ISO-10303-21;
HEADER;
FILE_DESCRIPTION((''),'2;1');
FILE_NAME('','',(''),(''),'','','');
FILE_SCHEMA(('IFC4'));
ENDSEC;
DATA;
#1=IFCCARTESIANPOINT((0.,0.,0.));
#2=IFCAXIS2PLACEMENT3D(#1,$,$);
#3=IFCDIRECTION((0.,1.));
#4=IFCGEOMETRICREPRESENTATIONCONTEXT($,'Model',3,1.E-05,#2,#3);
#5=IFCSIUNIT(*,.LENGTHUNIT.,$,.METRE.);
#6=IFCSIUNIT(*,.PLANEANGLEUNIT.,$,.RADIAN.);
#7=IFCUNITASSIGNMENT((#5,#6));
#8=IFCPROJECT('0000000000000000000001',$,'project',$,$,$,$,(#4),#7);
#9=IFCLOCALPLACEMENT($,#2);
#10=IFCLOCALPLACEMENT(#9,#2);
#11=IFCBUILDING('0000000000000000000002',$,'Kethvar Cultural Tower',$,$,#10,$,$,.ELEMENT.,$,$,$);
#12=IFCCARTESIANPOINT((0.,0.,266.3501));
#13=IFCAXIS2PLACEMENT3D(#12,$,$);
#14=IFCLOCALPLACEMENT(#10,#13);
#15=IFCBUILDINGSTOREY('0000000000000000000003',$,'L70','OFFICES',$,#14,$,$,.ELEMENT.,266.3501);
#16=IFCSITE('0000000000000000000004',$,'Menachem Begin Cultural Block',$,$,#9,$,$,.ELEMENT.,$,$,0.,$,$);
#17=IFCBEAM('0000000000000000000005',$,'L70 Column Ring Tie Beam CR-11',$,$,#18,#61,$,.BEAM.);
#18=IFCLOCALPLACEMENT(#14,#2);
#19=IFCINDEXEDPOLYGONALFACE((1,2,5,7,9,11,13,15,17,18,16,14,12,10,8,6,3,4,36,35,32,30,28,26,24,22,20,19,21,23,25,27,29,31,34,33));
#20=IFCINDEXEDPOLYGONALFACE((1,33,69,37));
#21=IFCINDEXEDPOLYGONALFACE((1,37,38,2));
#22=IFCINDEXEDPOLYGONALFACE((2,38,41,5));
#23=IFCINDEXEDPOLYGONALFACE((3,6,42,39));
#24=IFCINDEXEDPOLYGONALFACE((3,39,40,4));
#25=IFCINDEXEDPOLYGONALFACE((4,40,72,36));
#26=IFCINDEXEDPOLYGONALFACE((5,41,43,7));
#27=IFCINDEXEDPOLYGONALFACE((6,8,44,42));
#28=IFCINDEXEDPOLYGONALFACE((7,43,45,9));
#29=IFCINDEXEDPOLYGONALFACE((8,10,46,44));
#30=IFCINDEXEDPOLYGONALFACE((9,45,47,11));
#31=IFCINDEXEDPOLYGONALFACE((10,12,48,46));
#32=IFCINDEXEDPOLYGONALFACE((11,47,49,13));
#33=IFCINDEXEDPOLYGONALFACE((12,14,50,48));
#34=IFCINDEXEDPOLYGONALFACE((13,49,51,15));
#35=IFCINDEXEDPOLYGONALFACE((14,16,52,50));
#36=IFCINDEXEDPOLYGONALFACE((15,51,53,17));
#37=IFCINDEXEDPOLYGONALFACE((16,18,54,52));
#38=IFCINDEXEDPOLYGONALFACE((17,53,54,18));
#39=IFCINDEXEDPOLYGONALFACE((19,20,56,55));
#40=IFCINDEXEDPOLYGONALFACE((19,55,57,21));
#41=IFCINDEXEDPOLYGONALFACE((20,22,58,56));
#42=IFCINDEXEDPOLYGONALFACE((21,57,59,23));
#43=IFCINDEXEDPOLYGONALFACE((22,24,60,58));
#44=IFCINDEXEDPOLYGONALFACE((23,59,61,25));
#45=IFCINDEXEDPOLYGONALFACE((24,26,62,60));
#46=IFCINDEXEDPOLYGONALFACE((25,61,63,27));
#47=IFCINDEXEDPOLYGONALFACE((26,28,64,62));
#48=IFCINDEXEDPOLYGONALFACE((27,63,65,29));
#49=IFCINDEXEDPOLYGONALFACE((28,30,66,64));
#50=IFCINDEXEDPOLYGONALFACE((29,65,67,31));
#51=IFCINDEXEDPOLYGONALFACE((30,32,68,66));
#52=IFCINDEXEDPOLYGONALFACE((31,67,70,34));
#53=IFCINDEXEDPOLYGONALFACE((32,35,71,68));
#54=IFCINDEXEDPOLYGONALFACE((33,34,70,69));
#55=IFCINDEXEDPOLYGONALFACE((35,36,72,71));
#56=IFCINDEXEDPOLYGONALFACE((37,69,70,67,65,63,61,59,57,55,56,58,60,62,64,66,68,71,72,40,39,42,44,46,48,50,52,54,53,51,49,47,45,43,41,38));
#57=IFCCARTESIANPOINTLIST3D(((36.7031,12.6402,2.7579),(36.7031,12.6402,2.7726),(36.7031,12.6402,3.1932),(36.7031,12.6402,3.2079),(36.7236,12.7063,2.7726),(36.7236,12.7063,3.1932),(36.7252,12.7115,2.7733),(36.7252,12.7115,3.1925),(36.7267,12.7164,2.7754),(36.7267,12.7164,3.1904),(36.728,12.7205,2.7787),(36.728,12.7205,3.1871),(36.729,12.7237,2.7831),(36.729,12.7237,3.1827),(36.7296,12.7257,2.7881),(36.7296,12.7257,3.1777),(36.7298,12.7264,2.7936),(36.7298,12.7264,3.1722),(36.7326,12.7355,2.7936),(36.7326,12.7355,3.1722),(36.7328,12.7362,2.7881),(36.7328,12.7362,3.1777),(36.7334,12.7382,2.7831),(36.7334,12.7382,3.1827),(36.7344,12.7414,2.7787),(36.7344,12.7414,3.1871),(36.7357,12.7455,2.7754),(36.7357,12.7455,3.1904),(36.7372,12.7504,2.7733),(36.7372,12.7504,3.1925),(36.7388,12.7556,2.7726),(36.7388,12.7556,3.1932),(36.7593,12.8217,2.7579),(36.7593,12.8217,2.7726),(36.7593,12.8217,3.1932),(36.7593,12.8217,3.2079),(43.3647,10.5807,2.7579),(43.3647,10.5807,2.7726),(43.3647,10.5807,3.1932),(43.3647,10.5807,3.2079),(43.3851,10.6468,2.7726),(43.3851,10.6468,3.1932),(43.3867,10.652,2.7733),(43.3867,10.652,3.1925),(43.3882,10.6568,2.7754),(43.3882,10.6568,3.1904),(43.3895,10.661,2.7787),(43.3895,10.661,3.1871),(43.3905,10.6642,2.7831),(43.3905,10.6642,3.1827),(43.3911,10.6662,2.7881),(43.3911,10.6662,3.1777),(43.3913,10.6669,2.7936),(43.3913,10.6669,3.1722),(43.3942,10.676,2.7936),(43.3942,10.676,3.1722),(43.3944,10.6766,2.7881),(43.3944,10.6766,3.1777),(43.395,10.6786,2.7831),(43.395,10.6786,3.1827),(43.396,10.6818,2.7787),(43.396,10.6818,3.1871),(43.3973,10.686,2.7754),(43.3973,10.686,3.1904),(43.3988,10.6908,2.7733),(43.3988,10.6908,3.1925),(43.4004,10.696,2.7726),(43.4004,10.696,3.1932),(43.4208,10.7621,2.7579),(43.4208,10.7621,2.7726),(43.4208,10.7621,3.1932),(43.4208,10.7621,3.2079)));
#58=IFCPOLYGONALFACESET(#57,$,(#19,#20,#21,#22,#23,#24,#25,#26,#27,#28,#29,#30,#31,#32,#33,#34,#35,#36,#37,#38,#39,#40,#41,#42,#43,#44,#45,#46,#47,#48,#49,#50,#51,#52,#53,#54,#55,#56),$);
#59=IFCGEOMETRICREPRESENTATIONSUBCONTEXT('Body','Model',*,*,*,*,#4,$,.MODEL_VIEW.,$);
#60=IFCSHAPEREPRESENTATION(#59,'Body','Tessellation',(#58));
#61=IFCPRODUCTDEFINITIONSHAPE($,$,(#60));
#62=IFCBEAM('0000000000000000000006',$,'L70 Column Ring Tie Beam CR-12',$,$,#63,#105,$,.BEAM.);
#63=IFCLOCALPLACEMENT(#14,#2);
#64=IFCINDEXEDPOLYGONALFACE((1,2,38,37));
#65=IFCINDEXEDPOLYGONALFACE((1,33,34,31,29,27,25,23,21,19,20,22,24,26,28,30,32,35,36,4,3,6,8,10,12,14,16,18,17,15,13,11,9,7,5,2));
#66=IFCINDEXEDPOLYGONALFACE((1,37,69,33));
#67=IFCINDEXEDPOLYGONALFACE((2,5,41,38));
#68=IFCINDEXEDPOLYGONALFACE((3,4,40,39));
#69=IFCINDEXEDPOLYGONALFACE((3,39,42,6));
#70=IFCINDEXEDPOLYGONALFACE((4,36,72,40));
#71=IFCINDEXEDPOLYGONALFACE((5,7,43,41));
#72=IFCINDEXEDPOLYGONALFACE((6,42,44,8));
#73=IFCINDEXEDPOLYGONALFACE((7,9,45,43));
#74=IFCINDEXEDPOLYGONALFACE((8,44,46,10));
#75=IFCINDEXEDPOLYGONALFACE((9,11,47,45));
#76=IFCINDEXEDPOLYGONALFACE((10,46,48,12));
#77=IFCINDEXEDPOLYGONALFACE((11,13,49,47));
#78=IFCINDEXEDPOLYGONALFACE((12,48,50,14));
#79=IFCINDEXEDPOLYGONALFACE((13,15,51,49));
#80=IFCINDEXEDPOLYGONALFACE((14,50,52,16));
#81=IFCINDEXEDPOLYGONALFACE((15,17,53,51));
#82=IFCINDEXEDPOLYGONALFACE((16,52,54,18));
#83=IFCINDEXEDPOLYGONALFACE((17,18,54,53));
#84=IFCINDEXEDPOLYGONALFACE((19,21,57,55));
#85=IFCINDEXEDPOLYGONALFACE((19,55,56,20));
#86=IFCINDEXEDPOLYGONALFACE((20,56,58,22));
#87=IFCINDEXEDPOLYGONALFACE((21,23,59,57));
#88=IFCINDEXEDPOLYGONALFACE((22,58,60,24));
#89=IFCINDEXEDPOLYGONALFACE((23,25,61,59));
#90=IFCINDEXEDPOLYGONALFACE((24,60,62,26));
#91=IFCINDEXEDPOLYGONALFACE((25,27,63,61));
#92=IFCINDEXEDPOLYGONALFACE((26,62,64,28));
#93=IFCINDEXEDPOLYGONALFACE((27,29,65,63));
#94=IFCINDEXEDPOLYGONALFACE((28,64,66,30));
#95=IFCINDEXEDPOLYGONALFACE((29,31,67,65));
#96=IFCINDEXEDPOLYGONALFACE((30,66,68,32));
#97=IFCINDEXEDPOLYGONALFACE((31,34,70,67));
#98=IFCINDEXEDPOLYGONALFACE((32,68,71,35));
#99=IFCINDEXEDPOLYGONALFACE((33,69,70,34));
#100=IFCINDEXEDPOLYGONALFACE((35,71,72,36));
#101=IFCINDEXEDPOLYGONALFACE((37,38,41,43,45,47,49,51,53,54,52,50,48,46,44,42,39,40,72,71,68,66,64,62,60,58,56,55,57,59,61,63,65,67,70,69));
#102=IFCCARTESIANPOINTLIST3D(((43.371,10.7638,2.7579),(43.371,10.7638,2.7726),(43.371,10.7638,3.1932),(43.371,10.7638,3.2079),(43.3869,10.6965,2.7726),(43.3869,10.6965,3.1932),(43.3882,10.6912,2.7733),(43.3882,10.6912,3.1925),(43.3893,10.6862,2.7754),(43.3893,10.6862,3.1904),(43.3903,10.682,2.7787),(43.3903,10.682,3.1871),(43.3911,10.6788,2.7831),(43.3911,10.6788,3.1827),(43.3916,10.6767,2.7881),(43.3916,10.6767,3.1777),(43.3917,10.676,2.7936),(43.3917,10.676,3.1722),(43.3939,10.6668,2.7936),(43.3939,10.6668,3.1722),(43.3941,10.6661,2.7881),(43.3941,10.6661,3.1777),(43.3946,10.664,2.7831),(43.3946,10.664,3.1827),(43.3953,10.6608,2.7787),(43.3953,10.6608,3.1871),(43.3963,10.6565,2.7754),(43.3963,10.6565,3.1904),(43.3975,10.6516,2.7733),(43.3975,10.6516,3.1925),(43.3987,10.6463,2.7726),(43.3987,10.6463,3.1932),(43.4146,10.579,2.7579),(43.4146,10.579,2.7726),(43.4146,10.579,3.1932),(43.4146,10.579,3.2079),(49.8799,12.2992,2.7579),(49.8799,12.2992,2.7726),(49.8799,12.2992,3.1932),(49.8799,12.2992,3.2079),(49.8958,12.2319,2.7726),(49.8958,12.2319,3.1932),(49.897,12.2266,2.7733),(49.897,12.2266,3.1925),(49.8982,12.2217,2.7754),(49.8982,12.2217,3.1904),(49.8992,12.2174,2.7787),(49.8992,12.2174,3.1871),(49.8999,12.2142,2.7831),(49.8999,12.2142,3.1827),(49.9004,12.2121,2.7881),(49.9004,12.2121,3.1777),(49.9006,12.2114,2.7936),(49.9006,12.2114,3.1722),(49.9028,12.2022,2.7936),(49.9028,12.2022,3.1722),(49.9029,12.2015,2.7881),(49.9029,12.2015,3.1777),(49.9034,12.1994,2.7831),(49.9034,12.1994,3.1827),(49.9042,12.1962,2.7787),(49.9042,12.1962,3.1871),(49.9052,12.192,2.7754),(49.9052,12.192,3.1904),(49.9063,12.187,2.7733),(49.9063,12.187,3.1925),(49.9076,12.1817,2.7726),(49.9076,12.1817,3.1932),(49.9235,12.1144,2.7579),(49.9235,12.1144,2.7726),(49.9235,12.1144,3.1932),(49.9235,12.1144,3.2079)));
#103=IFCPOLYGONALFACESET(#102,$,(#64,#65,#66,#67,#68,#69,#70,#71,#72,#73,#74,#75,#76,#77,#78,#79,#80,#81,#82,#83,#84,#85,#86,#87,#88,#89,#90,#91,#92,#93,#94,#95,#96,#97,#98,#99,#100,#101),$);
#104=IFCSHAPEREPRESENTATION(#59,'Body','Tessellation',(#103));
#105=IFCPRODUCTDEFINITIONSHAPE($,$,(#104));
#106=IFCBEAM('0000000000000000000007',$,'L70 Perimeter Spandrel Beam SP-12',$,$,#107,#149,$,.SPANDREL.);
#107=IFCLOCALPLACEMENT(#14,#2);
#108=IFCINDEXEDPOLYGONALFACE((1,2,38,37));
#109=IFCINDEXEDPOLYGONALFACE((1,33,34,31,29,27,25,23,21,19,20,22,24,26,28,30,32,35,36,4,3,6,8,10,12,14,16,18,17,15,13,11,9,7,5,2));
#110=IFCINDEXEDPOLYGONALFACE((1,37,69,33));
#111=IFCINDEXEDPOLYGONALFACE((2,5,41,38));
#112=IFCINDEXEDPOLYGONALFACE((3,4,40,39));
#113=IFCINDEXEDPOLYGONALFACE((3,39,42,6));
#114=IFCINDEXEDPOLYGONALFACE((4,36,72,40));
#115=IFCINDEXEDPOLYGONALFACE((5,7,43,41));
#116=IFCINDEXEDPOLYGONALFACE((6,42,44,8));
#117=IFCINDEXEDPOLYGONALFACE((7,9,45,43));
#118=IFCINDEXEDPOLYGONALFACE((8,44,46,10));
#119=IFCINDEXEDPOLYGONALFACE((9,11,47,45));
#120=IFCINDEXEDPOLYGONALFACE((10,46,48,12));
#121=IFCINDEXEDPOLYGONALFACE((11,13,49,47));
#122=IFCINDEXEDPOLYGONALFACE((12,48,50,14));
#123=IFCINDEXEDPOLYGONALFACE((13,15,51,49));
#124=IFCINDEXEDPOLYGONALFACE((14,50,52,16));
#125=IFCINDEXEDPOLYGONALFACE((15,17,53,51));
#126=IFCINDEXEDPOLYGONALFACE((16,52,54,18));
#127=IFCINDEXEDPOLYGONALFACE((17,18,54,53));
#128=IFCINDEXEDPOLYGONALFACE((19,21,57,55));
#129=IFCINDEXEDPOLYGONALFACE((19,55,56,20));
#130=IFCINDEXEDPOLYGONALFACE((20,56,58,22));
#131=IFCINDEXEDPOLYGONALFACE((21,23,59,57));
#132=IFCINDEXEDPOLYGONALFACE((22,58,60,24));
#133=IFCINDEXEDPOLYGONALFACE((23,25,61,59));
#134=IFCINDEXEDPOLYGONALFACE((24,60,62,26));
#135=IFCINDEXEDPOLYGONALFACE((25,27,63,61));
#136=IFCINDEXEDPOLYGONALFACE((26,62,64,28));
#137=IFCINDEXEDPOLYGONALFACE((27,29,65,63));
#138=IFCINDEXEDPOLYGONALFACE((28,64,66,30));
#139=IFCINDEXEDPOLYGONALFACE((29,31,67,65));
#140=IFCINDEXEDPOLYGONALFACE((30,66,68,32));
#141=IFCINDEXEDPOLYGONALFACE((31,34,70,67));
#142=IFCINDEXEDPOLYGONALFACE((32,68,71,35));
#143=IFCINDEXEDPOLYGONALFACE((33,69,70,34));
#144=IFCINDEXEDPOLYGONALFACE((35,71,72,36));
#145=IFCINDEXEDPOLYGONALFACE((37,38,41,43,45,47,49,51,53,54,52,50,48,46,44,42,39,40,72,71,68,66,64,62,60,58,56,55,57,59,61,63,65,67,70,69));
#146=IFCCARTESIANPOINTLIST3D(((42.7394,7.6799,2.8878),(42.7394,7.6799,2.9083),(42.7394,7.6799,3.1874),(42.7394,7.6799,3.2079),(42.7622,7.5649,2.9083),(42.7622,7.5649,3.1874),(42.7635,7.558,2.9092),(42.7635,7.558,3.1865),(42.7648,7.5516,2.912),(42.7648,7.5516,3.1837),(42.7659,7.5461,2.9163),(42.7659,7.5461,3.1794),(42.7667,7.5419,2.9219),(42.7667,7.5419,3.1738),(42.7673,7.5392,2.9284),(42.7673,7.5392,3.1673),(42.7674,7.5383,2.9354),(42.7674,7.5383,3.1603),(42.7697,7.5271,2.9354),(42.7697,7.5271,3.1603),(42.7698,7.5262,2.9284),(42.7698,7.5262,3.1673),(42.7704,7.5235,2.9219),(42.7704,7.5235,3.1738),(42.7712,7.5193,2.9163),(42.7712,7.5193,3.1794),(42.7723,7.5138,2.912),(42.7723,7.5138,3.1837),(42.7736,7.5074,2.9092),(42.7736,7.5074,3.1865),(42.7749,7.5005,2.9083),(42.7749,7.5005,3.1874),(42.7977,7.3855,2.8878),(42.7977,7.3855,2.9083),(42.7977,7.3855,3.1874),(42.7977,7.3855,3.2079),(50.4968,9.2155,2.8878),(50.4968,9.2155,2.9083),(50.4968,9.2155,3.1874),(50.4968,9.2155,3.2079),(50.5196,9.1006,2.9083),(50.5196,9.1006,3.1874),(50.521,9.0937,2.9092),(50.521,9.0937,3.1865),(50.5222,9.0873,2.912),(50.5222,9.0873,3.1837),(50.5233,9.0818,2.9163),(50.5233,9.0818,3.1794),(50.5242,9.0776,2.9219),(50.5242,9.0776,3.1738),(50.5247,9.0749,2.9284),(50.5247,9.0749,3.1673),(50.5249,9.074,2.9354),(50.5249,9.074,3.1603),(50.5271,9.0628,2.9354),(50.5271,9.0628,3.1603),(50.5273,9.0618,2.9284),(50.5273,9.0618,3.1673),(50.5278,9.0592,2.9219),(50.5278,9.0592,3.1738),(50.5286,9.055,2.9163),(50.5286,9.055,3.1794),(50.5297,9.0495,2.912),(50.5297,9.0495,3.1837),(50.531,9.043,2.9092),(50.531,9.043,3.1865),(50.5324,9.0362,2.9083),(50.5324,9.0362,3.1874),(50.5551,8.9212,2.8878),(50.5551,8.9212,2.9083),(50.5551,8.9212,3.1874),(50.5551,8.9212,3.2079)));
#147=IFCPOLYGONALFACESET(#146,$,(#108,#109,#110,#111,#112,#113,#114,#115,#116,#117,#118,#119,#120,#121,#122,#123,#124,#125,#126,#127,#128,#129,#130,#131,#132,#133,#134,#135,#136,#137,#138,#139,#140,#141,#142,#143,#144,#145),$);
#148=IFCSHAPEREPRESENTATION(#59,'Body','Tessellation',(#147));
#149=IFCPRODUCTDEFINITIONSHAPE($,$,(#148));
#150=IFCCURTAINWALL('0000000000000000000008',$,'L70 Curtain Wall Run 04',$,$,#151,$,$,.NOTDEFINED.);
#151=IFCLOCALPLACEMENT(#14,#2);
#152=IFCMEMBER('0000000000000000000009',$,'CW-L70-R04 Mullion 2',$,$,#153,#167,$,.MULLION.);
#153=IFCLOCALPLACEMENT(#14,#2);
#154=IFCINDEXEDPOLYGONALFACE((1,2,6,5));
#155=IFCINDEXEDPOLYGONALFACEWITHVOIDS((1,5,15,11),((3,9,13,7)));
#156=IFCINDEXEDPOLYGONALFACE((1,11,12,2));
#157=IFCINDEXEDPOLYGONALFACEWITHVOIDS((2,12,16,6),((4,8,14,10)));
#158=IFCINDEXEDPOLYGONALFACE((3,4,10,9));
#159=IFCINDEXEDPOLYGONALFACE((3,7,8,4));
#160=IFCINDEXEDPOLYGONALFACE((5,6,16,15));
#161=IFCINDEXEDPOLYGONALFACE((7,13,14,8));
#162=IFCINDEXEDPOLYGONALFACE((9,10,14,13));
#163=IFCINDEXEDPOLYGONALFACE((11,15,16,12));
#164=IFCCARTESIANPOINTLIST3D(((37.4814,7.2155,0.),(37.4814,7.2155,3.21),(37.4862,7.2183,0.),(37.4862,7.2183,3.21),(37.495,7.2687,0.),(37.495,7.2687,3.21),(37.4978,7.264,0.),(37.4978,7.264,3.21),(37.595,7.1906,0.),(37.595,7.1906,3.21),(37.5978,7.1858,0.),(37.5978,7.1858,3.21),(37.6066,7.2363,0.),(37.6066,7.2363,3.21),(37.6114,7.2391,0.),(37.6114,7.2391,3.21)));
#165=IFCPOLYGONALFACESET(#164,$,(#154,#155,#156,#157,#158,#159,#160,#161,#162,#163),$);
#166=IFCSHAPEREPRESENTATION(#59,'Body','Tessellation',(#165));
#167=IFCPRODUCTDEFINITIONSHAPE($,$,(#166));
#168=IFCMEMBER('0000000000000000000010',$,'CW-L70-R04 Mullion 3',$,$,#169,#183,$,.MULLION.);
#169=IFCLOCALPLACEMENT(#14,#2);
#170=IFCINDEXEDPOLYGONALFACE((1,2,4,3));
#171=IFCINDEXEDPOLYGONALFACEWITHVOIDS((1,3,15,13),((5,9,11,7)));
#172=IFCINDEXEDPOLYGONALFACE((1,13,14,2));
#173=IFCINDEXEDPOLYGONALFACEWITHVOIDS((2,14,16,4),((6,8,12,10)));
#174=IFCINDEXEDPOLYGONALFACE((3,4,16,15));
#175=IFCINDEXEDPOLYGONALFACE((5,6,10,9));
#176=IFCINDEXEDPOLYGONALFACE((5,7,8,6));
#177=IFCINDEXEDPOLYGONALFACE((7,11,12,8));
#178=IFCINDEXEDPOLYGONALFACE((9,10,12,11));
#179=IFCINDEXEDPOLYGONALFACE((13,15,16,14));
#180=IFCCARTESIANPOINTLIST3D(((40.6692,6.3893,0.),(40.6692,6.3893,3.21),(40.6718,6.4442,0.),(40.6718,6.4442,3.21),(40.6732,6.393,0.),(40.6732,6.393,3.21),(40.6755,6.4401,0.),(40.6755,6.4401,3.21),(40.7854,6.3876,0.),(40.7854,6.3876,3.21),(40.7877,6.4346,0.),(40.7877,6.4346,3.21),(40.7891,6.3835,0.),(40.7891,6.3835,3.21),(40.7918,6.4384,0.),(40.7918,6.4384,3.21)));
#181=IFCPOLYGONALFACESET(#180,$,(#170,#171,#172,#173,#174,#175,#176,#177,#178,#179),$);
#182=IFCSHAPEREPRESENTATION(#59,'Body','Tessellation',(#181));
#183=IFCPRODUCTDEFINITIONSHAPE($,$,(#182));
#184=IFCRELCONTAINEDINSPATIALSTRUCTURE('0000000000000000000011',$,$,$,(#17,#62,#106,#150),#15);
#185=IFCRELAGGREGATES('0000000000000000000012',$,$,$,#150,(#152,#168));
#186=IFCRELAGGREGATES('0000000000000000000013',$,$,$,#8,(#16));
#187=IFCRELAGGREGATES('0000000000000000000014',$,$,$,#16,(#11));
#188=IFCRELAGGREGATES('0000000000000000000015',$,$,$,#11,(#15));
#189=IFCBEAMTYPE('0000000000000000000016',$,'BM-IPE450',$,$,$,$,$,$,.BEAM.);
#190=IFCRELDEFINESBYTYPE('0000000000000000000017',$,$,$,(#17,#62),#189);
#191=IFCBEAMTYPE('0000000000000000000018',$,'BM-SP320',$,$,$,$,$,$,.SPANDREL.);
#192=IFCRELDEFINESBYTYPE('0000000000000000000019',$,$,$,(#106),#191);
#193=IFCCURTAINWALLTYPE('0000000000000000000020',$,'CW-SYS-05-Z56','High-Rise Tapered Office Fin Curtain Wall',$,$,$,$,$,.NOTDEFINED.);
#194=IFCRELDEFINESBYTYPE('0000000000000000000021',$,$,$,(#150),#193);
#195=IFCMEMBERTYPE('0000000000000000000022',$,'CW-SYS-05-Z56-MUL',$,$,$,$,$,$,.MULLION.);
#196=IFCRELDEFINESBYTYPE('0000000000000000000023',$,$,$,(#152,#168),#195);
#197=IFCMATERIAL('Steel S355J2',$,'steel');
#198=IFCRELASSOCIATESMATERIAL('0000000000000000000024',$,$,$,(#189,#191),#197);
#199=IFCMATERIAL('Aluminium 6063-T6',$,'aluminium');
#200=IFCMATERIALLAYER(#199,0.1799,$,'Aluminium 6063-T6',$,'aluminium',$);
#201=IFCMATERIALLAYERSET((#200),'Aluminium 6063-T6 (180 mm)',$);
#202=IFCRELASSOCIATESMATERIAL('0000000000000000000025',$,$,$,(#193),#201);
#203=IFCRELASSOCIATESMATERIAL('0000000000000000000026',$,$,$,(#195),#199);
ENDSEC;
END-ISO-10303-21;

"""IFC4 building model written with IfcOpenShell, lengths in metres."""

from ifc_helpers import new_model, si_unit, direction, frame, origin, origin_2d, place, context, subcontext, project, spatial, hollow_rectangle, i_section, extrude, source, transform, mapped, material, layer, layer_set, material_profile, profile_set, type_object, element, aggregate, save


model = new_model("IFC4")

# Units and contexts
model_context = context("Model", 3, precision=1e-05, world=origin(), true_north=direction((0.0, 1.0)))
body_context = subcontext(model_context, "Body", "Model", "MODEL_VIEW")
ifc_project = project(units=[si_unit("LENGTHUNIT", "METRE"), si_unit("PLANEANGLEUNIT", "RADIAN")], contexts=[model_context])

# Site, building, storey
site_placement = place(None, origin())
site = spatial("IfcSite", under=ifc_project, at=site_placement, Name="Menachem Begin Cultural Block", CompositionType="ELEMENT", RefElevation=0.0)
building_placement = place(site_placement, origin())
building = spatial("IfcBuilding", under=site, at=building_placement, Name="Kethvar Cultural Tower", CompositionType="ELEMENT")
storey_placement = place(building_placement, frame((0.0, 0.0, 266.3501)))
storey = spatial("IfcBuildingStorey", under=building, at=storey_placement, Name="L70", Description="OFFICES", CompositionType="ELEMENT", Elevation=266.3501)

# Shared definitions
ifc_material_1 = material(Name="Steel S355J2", Category="steel")

# Beams
ifc_material_profile_1 = material_profile(ifc_material_1, i_section(OverallWidth=0.1899, OverallDepth=0.45, WebThickness=0.0095, FlangeThickness=0.0146, FilletRadius=0.021, at=origin_2d()), Name="Steel S355J2 — IPE450")
ifc_profile_set_1 = profile_set([ifc_material_profile_1], Name="Steel S355J2 — IPE450")
beam_type_1 = type_object("IfcBeamType", Name="BM-IPE450", PredefinedType="BEAM", material=ifc_profile_set_1)
shared_shape_1 = source(origin(), body_context, "Body", "SweptSolid", [
    extrude(i_section(OverallWidth=0.1899, OverallDepth=0.45, WebThickness=0.0095, FlangeThickness=0.0146, FilletRadius=0.021, at=origin_2d()), origin(), (0.0, 0.0, 1.0), 6.9727),
])
beam_1_placement = place(storey_placement, frame((36.7312, 12.731, 2.9829), z_axis=(0.955381, -0.295375, 0.0), x_axis=(0.295375, 0.955381, 0.0)))
element("IfcBeam", 1, at=beam_1_placement, inside=storey, type_object=beam_type_1, Name="L70 Column Ring Tie Beam CR-11", PredefinedType="BEAM", context=body_context, shape_type="MappedRepresentation", body=[
    mapped(shared_shape_1, transform((0.0, 0.0, 0.0), scale=1.0)),
])
shared_shape_2 = source(origin(), body_context, "Body", "SweptSolid", [
    extrude(i_section(OverallWidth=0.1899, OverallDepth=0.45, WebThickness=0.0095, FlangeThickness=0.0146, FilletRadius=0.021, at=origin_2d()), origin(), (0.0, 0.0, 1.0), 6.6875),
])
beam_2_placement = place(storey_placement, frame((43.3928, 10.6714, 2.9829), z_axis=(0.973286, 0.229595, 0.0), x_axis=(-0.229595, 0.973286, 0.0)))
element("IfcBeam", 2, at=beam_2_placement, inside=storey, type_object=beam_type_1, Name="L70 Column Ring Tie Beam CR-12", PredefinedType="BEAM", context=body_context, shape_type="MappedRepresentation", body=[
    mapped(shared_shape_2, transform((0.0, 0.0, 0.0), scale=1.0)),
])
ifc_material_profile_2 = material_profile(ifc_material_1, i_section(OverallWidth=0.3, OverallDepth=0.3201, WebThickness=0.0115, FlangeThickness=0.0205, FilletRadius=0.0271, at=origin_2d()), Name="Steel S355J2 — HEB320")
ifc_profile_set_2 = profile_set([ifc_material_profile_2], Name="Steel S355J2 — HEB320")
beam_type_2 = type_object("IfcBeamType", Name="BM-SP320", PredefinedType="SPANDREL", material=ifc_profile_set_2)
shared_shape_3 = source(origin(), body_context, "Body", "SweptSolid", [
    extrude(i_section(OverallWidth=0.3, OverallDepth=0.3201, WebThickness=0.0115, FlangeThickness=0.0205, FilletRadius=0.0271, at=origin_2d()), origin(), (0.0, 0.0, 1.0), 7.908),
])
beam_3_placement = place(storey_placement, frame((42.7686, 7.5327, 3.0479), z_axis=(0.980964, 0.194192, 0.0), x_axis=(-0.194192, 0.980964, 0.0)))
element("IfcBeam", 3, at=beam_3_placement, inside=storey, type_object=beam_type_2, Name="L70 Perimeter Spandrel Beam SP-12", PredefinedType="SPANDREL", context=body_context, shape_type="MappedRepresentation", body=[
    mapped(shared_shape_3, transform((0.0, 0.0, 0.0), scale=1.0)),
])

# Curtain wall, members
ifc_material_2 = material(Name="Aluminium 6063-T6", Category="aluminium")
ifc_layer_1 = layer(ifc_material_2, 0.1799, Name="Aluminium 6063-T6", Category="aluminium")
ifc_layer_set_1 = layer_set([ifc_layer_1], Name="Aluminium 6063-T6 (180 mm)")
curtain_wall_type = type_object("IfcCurtainWallType", Name="CW-SYS-05-Z56", Description="High-Rise Tapered Office Fin Curtain Wall", PredefinedType="NOTDEFINED", material=ifc_layer_set_1)
curtain_wall_placement = place(storey_placement, origin())
curtain_wall = element("IfcCurtainWall", 4, at=curtain_wall_placement, inside=storey, type_object=curtain_wall_type, Name="L70 Curtain Wall Run 04", PredefinedType="NOTDEFINED")
ifc_material_profile_3 = material_profile(ifc_material_2, hollow_rectangle(XDim=0.0549, YDim=0.1201, WallThickness=0.0039, at=origin_2d()), Name="Aluminium 6063-T6 — RHS120x55x4")
ifc_profile_set_3 = profile_set([ifc_material_profile_3], Name="Aluminium 6063-T6 — RHS120x55x4")
member_type_1 = type_object("IfcMemberType", Name="CW-SYS-05-Z56-MUL", PredefinedType="MULLION", material=ifc_profile_set_3)
shared_shape_4 = source(origin(), body_context, "Body", "SweptSolid", [
    extrude(hollow_rectangle(XDim=0.0549, YDim=0.1201, WallThickness=0.0039, at=origin_2d()), origin(), (0.0, 0.0, 1.0), 3.21),
])
member_1_placement = place(storey_placement, frame((37.5464, 7.2273, 0.0), z_axis=(0.0, 0.0, 1.0), x_axis=(0.246965, 0.969024, 0.0)))
member_1 = element("IfcMember", 5, at=member_1_placement, type_object=member_type_1, Name="CW-L70-R04 Mullion 2", PredefinedType="MULLION", context=body_context, shape_type="MappedRepresentation", body=[
    mapped(shared_shape_4, transform((0.0, 0.0, 0.0), scale=1.0)),
])
member_2_placement = place(storey_placement, frame((40.7305, 6.4138, 0.0), z_axis=(0.0, 0.0, 1.0), x_axis=(0.048292, 0.998833, 0.0)))
member_2 = element("IfcMember", 6, at=member_2_placement, type_object=member_type_1, Name="CW-L70-R04 Mullion 3", PredefinedType="MULLION", context=body_context, shape_type="MappedRepresentation", body=[
    mapped(shared_shape_4, transform((0.0, 0.0, 0.0), scale=1.0)),
])
aggregate(curtain_wall, [member_1, member_2])

save(model, "model.ifc")
